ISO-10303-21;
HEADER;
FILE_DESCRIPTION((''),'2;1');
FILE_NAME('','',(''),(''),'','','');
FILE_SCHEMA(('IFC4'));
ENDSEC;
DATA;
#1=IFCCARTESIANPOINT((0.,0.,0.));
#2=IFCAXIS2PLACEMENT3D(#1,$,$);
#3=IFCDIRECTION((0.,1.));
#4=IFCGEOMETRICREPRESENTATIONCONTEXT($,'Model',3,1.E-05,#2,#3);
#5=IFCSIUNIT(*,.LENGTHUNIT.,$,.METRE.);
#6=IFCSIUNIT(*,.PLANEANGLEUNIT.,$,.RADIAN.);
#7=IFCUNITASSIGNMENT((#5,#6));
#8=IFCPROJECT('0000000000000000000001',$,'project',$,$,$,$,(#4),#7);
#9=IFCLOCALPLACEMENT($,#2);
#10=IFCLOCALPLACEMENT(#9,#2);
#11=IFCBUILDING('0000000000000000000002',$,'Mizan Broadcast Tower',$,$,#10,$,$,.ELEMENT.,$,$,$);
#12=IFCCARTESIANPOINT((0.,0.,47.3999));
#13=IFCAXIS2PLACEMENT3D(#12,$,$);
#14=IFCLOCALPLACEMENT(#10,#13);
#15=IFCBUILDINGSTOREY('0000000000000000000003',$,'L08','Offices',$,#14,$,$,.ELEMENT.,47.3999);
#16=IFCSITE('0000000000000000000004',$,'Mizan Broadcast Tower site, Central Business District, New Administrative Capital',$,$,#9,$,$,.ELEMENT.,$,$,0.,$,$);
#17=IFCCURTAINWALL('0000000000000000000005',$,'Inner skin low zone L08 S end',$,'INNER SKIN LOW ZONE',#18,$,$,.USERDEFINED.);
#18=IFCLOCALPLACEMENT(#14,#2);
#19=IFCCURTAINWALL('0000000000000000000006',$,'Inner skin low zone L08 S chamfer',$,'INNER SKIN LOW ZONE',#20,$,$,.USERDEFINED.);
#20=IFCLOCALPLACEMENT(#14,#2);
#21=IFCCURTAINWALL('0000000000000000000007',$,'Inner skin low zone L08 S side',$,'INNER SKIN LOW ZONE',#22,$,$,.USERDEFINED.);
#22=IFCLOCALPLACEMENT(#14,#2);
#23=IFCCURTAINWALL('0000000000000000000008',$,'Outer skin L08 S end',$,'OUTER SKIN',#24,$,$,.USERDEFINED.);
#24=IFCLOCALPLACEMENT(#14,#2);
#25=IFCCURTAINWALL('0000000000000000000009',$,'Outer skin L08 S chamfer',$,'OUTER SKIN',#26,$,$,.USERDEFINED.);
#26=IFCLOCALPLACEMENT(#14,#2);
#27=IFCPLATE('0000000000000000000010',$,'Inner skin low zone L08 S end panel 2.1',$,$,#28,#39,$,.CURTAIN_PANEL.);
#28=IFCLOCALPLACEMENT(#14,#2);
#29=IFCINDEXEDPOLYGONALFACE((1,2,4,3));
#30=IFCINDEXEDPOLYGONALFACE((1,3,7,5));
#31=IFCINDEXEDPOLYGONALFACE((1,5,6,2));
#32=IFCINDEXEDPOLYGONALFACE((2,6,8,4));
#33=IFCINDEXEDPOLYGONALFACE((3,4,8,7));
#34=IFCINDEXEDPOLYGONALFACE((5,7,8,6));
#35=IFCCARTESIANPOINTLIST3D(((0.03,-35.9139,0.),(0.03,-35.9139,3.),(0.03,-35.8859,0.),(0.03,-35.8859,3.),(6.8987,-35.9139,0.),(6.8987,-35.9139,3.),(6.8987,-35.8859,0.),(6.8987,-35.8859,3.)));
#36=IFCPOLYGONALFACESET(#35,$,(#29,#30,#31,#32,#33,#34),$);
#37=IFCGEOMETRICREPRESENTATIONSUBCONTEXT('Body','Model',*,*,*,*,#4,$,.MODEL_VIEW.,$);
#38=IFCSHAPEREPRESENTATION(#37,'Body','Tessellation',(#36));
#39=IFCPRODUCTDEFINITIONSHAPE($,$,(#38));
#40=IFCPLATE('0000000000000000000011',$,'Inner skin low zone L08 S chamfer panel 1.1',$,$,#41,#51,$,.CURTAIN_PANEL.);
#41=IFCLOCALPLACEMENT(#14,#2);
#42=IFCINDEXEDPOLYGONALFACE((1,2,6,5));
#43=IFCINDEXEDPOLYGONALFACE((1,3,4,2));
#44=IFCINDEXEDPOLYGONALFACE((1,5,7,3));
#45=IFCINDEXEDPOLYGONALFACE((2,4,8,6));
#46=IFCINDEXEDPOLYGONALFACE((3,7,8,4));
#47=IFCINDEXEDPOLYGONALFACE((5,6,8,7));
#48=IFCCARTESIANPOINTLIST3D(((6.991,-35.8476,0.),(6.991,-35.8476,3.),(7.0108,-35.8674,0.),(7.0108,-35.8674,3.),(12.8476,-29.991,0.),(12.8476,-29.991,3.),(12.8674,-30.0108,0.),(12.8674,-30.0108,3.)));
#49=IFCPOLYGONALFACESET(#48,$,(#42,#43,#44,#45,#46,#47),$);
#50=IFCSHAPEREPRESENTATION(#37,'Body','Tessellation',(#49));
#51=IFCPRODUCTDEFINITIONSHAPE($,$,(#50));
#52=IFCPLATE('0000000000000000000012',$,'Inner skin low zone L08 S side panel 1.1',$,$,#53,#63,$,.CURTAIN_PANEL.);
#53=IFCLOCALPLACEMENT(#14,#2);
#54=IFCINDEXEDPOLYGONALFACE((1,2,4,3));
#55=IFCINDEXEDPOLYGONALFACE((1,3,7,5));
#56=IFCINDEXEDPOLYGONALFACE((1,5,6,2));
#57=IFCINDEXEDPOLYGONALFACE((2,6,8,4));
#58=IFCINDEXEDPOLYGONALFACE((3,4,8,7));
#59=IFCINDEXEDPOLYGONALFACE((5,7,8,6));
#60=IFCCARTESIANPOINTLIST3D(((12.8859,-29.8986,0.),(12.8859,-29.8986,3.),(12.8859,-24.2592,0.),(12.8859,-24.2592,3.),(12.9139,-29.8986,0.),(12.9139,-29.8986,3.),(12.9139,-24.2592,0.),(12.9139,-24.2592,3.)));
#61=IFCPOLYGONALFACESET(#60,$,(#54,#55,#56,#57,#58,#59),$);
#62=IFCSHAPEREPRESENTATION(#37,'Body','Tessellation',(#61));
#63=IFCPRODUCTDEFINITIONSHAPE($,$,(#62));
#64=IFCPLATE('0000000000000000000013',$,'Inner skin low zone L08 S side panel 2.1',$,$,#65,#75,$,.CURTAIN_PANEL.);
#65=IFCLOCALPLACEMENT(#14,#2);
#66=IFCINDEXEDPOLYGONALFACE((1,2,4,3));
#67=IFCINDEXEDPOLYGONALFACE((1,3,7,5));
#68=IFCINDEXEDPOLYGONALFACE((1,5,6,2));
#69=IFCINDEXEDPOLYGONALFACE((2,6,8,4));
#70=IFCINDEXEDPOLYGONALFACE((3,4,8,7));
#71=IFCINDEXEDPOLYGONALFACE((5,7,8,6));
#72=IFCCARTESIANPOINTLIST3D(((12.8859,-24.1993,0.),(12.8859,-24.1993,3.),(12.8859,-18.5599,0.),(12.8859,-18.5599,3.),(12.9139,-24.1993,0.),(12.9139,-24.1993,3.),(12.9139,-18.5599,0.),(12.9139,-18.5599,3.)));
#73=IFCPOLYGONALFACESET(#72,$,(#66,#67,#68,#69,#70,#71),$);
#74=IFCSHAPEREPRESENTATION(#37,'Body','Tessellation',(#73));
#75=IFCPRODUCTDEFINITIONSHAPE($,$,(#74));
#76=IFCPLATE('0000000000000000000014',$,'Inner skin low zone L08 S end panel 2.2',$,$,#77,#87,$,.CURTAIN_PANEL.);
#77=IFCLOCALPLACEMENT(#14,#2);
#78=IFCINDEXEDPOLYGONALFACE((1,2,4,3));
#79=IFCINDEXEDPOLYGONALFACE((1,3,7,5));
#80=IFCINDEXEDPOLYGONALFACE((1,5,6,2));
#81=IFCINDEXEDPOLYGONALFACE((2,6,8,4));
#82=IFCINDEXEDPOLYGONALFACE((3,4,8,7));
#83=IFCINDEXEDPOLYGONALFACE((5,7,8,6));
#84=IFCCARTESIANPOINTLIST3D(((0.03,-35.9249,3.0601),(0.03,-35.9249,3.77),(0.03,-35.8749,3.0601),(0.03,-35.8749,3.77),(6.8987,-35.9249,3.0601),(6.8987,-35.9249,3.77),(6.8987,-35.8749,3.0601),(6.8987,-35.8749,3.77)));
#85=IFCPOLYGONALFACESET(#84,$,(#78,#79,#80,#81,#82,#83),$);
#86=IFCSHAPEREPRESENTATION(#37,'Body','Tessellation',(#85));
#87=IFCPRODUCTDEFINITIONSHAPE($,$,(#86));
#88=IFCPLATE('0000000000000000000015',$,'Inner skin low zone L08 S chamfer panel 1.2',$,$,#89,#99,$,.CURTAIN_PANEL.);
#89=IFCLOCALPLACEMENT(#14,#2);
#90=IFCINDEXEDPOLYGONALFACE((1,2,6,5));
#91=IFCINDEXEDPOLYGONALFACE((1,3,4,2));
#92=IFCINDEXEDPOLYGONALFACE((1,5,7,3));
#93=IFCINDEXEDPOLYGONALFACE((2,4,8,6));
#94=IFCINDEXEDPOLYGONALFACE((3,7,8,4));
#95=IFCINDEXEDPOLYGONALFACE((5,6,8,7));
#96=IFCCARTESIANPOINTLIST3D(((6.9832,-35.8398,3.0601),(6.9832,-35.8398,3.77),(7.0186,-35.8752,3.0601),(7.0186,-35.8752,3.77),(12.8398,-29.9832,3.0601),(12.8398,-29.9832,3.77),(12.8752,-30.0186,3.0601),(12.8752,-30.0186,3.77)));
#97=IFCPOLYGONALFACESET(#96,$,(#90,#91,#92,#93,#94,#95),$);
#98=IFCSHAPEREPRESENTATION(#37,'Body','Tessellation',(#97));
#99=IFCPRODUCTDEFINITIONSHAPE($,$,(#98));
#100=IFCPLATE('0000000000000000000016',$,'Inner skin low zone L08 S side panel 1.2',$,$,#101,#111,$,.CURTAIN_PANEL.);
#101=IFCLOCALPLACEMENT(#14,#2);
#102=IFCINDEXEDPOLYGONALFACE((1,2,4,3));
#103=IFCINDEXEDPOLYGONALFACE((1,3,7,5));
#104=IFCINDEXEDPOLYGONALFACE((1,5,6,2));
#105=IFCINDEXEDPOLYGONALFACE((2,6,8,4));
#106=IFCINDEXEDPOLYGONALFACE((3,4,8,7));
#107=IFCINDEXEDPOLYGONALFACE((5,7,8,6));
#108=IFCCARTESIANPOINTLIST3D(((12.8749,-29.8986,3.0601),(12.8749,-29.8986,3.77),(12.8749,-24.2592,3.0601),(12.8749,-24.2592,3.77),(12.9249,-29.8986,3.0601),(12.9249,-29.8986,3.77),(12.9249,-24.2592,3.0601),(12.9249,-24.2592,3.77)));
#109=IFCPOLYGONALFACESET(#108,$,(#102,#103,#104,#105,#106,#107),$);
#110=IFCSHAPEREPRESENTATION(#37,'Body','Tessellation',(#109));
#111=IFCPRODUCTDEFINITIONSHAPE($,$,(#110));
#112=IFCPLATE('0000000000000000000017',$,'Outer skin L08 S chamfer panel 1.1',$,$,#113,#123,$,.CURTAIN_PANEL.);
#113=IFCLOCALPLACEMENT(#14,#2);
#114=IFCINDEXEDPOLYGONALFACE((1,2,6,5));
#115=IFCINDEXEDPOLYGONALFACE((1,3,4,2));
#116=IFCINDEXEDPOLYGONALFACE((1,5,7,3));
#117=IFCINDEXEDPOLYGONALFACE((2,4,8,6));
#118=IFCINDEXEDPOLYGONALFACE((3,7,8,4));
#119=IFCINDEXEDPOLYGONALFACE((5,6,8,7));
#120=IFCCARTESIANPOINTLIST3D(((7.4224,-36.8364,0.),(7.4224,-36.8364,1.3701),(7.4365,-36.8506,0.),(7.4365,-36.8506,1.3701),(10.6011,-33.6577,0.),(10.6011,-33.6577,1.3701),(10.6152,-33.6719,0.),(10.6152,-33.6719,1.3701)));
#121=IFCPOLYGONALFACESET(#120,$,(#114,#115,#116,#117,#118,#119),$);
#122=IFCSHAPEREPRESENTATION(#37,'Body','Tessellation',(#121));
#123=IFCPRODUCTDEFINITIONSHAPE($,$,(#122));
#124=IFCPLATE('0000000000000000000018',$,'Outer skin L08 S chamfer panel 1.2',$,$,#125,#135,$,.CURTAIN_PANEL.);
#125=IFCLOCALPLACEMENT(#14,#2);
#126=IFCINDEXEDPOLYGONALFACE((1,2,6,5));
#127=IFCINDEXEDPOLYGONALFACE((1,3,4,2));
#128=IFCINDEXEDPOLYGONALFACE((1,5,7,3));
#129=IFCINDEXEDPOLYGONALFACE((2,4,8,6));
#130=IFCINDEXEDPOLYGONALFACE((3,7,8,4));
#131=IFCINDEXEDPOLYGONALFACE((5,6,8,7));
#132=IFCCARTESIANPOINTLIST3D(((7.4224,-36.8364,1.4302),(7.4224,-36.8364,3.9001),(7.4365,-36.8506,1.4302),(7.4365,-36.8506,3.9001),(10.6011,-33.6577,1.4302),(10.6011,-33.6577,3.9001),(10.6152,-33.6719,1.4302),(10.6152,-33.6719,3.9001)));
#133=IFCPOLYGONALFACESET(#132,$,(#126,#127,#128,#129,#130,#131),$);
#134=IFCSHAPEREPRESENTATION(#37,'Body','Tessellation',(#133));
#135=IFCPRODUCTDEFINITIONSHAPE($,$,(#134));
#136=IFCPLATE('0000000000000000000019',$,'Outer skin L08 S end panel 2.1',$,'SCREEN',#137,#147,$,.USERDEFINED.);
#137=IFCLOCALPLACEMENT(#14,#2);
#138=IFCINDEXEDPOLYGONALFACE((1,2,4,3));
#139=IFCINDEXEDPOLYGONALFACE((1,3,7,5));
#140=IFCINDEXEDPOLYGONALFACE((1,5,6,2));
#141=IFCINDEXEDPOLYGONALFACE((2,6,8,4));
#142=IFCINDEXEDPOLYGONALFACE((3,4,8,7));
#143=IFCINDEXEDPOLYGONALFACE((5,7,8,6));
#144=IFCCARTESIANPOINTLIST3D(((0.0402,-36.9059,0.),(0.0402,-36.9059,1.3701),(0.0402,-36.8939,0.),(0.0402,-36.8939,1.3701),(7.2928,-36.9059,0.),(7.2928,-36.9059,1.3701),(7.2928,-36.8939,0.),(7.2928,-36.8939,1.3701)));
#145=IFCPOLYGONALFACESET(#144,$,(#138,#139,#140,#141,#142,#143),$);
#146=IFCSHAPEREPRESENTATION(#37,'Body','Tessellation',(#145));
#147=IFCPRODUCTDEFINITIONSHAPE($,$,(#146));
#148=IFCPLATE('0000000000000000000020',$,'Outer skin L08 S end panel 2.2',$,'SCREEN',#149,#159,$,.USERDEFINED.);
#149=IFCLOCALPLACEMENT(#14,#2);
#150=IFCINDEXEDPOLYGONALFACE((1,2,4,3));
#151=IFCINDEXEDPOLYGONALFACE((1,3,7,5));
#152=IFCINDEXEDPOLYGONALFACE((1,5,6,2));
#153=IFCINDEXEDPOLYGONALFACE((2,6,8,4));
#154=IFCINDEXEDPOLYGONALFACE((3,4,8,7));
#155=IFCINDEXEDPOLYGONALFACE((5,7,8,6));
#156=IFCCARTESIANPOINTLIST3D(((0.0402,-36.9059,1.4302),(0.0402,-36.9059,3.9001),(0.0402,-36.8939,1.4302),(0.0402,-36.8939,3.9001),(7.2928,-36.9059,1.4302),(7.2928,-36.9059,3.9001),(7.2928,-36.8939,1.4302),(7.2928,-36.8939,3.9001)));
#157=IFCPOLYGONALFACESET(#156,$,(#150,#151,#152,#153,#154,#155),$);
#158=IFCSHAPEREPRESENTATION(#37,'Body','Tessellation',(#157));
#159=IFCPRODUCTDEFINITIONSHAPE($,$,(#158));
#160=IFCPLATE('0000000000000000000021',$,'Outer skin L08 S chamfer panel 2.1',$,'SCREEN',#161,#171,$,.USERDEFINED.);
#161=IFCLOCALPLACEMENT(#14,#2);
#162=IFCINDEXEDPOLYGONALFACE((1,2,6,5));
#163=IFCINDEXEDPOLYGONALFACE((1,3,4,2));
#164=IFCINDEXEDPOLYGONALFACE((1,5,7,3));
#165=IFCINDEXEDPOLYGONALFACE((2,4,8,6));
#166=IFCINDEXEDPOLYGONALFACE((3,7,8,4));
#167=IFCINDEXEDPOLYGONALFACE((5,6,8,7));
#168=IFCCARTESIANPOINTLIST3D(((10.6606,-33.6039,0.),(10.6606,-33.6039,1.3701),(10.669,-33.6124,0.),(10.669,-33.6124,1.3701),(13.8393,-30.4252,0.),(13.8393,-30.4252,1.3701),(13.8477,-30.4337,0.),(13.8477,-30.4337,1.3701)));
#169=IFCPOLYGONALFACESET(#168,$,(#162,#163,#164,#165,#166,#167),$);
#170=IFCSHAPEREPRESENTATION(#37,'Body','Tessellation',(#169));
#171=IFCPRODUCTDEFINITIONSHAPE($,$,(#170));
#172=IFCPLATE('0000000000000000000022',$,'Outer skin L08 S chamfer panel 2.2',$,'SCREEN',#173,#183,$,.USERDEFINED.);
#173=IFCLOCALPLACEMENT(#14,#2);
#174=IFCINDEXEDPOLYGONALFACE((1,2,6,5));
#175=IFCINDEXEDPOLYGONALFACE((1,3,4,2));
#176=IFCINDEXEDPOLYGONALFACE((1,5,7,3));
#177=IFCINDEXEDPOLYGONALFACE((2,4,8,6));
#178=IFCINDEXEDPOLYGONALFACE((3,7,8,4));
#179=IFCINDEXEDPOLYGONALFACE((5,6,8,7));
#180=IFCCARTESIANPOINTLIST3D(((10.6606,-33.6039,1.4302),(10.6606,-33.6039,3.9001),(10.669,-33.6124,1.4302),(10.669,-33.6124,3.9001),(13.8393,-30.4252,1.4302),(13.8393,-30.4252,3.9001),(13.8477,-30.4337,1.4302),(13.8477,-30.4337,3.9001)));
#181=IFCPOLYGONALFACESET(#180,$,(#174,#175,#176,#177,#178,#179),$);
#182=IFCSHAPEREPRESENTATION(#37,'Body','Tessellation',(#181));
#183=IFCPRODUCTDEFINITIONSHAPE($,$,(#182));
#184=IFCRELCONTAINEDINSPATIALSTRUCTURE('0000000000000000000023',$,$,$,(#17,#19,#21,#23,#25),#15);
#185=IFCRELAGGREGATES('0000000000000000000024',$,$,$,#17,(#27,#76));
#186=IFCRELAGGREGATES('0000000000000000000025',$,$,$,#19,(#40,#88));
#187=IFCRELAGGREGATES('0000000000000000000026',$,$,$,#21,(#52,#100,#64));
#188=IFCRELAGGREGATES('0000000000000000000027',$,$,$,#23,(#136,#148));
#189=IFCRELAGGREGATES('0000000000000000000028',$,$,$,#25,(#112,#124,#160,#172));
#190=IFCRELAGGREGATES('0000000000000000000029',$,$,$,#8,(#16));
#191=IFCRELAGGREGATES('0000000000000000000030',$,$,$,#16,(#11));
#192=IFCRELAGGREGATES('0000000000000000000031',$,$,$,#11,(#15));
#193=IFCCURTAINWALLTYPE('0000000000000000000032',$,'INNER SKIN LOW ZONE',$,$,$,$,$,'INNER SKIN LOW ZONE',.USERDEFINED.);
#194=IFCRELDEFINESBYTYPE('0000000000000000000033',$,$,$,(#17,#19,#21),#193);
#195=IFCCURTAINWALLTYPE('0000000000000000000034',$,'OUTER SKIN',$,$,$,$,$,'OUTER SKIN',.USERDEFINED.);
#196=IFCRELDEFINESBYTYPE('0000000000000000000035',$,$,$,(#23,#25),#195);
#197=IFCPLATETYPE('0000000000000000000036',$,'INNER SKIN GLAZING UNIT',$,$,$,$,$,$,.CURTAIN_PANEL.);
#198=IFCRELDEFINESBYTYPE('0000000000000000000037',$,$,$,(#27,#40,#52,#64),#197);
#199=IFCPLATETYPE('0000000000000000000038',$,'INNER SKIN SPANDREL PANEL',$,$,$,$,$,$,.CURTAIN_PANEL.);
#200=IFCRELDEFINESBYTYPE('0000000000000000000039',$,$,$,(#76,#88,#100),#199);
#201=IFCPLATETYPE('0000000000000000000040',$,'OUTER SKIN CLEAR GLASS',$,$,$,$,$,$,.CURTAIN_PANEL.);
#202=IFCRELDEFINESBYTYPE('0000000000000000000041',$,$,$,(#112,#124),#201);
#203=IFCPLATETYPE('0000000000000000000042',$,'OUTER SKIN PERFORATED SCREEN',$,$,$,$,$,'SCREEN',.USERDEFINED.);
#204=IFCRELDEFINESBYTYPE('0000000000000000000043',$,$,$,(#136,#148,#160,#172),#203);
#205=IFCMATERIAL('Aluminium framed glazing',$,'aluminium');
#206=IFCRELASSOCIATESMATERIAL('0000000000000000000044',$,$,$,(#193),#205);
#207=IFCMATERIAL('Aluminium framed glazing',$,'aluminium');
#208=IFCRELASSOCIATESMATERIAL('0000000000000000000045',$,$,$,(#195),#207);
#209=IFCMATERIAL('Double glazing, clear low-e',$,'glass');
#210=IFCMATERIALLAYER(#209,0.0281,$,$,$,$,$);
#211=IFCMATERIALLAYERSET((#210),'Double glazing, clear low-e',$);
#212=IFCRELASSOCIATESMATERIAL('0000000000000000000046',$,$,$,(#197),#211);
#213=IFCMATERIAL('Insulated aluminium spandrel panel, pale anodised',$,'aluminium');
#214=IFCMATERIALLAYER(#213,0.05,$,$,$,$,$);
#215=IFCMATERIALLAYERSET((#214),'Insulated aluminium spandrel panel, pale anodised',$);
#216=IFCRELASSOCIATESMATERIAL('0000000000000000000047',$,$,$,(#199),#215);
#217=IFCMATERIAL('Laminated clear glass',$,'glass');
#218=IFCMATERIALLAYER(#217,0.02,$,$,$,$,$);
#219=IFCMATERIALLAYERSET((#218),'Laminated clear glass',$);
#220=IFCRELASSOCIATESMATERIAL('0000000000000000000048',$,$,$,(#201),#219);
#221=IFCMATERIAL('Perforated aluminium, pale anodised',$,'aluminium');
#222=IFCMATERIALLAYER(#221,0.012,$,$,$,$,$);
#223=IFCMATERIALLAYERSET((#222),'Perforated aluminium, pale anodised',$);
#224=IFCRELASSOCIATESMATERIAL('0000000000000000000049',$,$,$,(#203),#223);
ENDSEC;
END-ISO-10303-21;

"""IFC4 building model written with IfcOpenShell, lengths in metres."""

from ifc_helpers import new_model, si_unit, direction, frame, origin, origin_2d, place, context, subcontext, project, spatial, rectangle, extrude, material, layer, layer_set, type_object, element, aggregate, save


model = new_model("IFC4")

# Units and contexts
model_context = context("Model", 3, precision=1e-05, world=origin(), true_north=direction((0.0, 1.0)))
body_context = subcontext(model_context, "Body", "Model", "MODEL_VIEW")
ifc_project = project(units=[si_unit("LENGTHUNIT", "METRE"), si_unit("PLANEANGLEUNIT", "RADIAN")], contexts=[model_context])

# Site, building, storey
site_placement = place(None, origin())
site = spatial("IfcSite", under=ifc_project, at=site_placement, Name="Mizan Broadcast Tower site, Central Business District, New Administrative Capital", CompositionType="ELEMENT", RefElevation=0.0)
building_placement = place(site_placement, origin())
building = spatial("IfcBuilding", under=site, at=building_placement, Name="Mizan Broadcast Tower", CompositionType="ELEMENT")
storey_placement = place(building_placement, frame((0.0, 0.0, 47.3999)))
storey = spatial("IfcBuildingStorey", under=building, at=storey_placement, Name="L08", Description="Offices", CompositionType="ELEMENT", Elevation=47.3999)

# Curtain wall
ifc_material_1 = material(Name="Aluminium framed glazing", Category="aluminium")
curtain_wall_type_1 = type_object("IfcCurtainWallType", Name="INNER SKIN LOW ZONE", ElementType="INNER SKIN LOW ZONE", PredefinedType="USERDEFINED", material=ifc_material_1)
curtain_wall_1_placement = place(storey_placement, origin())
curtain_wall_1 = element("IfcCurtainWall", 1, at=curtain_wall_1_placement, inside=storey, type_object=curtain_wall_type_1, Name="Inner skin low zone L08 S end", ObjectType="INNER SKIN LOW ZONE", PredefinedType="USERDEFINED")

# Curtain walls
curtain_wall_2_placement = place(storey_placement, origin())
curtain_wall_2 = element("IfcCurtainWall", 2, at=curtain_wall_2_placement, inside=storey, type_object=curtain_wall_type_1, Name="Inner skin low zone L08 S chamfer", ObjectType="INNER SKIN LOW ZONE", PredefinedType="USERDEFINED")
curtain_wall_3_placement = place(storey_placement, origin())
curtain_wall_3 = element("IfcCurtainWall", 3, at=curtain_wall_3_placement, inside=storey, type_object=curtain_wall_type_1, Name="Inner skin low zone L08 S side", ObjectType="INNER SKIN LOW ZONE", PredefinedType="USERDEFINED")

# Curtain wall
ifc_material_2 = material(Name="Aluminium framed glazing", Category="aluminium")
curtain_wall_type_2 = type_object("IfcCurtainWallType", Name="OUTER SKIN", ElementType="OUTER SKIN", PredefinedType="USERDEFINED", material=ifc_material_2)
curtain_wall_4_placement = place(storey_placement, origin())
curtain_wall_4 = element("IfcCurtainWall", 4, at=curtain_wall_4_placement, inside=storey, type_object=curtain_wall_type_2, Name="Outer skin L08 S end", ObjectType="OUTER SKIN", PredefinedType="USERDEFINED")

# Curtain wall
curtain_wall_5_placement = place(storey_placement, origin())
curtain_wall_5 = element("IfcCurtainWall", 5, at=curtain_wall_5_placement, inside=storey, type_object=curtain_wall_type_2, Name="Outer skin L08 S chamfer", ObjectType="OUTER SKIN", PredefinedType="USERDEFINED")

# Plates
ifc_material_3 = material(Name="Double glazing, clear low-e", Category="glass")
ifc_layer_1 = layer(ifc_material_3, 0.0281)
ifc_layer_set_1 = layer_set([ifc_layer_1], Name="Double glazing, clear low-e")
plate_type_1 = type_object("IfcPlateType", Name="INNER SKIN GLAZING UNIT", PredefinedType="CURTAIN_PANEL", material=ifc_layer_set_1)
plate_1_placement = place(storey_placement, frame((3.4644, -35.8999, 0.0), z_axis=(0.0, 0.0, 1.0), x_axis=(1.0, 0.0, 0.0)))
plate_1 = element("IfcPlate", 6, at=plate_1_placement, type_object=plate_type_1, Name="Inner skin low zone L08 S end panel 2.1", PredefinedType="CURTAIN_PANEL", context=body_context, shape_type="SweptSolid", body=[
    extrude(rectangle(XDim=6.8687, YDim=0.0281, at=origin_2d()), origin(), (0.0, 0.0, 1.0), 3.0),
])
plate_2_placement = place(storey_placement, frame((9.9292, -32.9292, 0.0), z_axis=(0.0, 0.0, 1.0), x_axis=(0.707107, 0.707107, 0.0)))
plate_2 = element("IfcPlate", 7, at=plate_2_placement, type_object=plate_type_1, Name="Inner skin low zone L08 S chamfer panel 1.1", PredefinedType="CURTAIN_PANEL", context=body_context, shape_type="SweptSolid", body=[
    extrude(rectangle(XDim=8.2825, YDim=0.0281, at=origin_2d()), origin(), (0.0, 0.0, 1.0), 3.0),
])
plate_3_placement = place(storey_placement, frame((12.8999, -27.0789, 0.0), z_axis=(0.0, 0.0, 1.0), x_axis=(0.0, 1.0, 0.0)))
plate_3 = element("IfcPlate", 8, at=plate_3_placement, type_object=plate_type_1, Name="Inner skin low zone L08 S side panel 1.1", PredefinedType="CURTAIN_PANEL", context=body_context, shape_type="SweptSolid", body=[
    extrude(rectangle(XDim=5.6394, YDim=0.0281, at=origin_2d()), origin(), (0.0, 0.0, 1.0), 3.0),
])
plate_4_placement = place(storey_placement, frame((12.8999, -21.3796, 0.0), z_axis=(0.0, 0.0, 1.0), x_axis=(0.0, 1.0, 0.0)))
plate_4 = element("IfcPlate", 9, at=plate_4_placement, type_object=plate_type_1, Name="Inner skin low zone L08 S side panel 2.1", PredefinedType="CURTAIN_PANEL", context=body_context, shape_type="SweptSolid", body=[
    extrude(rectangle(XDim=5.6394, YDim=0.0281, at=origin_2d()), origin(), (0.0, 0.0, 1.0), 3.0),
])
ifc_material_4 = material(Name="Insulated aluminium spandrel panel, pale anodised", Category="aluminium")
ifc_layer_2 = layer(ifc_material_4, 0.05)
ifc_layer_set_2 = layer_set([ifc_layer_2], Name="Insulated aluminium spandrel panel, pale anodised")
plate_type_2 = type_object("IfcPlateType", Name="INNER SKIN SPANDREL PANEL", PredefinedType="CURTAIN_PANEL", material=ifc_layer_set_2)
plate_5_placement = place(storey_placement, frame((3.4644, -35.8999, 3.0601), z_axis=(0.0, 0.0, 1.0), x_axis=(1.0, 0.0, 0.0)))
plate_5 = element("IfcPlate", 10, at=plate_5_placement, type_object=plate_type_2, Name="Inner skin low zone L08 S end panel 2.2", PredefinedType="CURTAIN_PANEL", context=body_context, shape_type="SweptSolid", body=[
    extrude(rectangle(XDim=6.8687, YDim=0.05, at=origin_2d()), origin(), (0.0, 0.0, 1.0), 0.71),
])
aggregate(curtain_wall_1, [plate_1, plate_5])
plate_6_placement = place(storey_placement, frame((9.9292, -32.9292, 3.0601), z_axis=(0.0, 0.0, 1.0), x_axis=(0.707107, 0.707107, 0.0)))
plate_6 = element("IfcPlate", 11, at=plate_6_placement, type_object=plate_type_2, Name="Inner skin low zone L08 S chamfer panel 1.2", PredefinedType="CURTAIN_PANEL", context=body_context, shape_type="SweptSolid", body=[
    extrude(rectangle(XDim=8.2825, YDim=0.05, at=origin_2d()), origin(), (0.0, 0.0, 1.0), 0.71),
])
aggregate(curtain_wall_2, [plate_2, plate_6])
plate_7_placement = place(storey_placement, frame((12.8999, -27.0789, 3.0601), z_axis=(0.0, 0.0, 1.0), x_axis=(0.0, 1.0, 0.0)))
plate_7 = element("IfcPlate", 12, at=plate_7_placement, type_object=plate_type_2, Name="Inner skin low zone L08 S side panel 1.2", PredefinedType="CURTAIN_PANEL", context=body_context, shape_type="SweptSolid", body=[
    extrude(rectangle(XDim=5.6394, YDim=0.05, at=origin_2d()), origin(), (0.0, 0.0, 1.0), 0.71),
])
aggregate(curtain_wall_3, [plate_3, plate_7, plate_4])
ifc_material_5 = material(Name="Laminated clear glass", Category="glass")
ifc_layer_3 = layer(ifc_material_5, 0.02)
ifc_layer_set_3 = layer_set([ifc_layer_3], Name="Laminated clear glass")
plate_type_3 = type_object("IfcPlateType", Name="OUTER SKIN CLEAR GLASS", PredefinedType="CURTAIN_PANEL", material=ifc_layer_set_3)
plate_8_placement = place(storey_placement, frame((9.0188, -35.2542, 0.0), z_axis=(0.0, 0.0, 1.0), x_axis=(0.707107, 0.707107, 0.0)))
plate_8 = element("IfcPlate", 13, at=plate_8_placement, type_object=plate_type_3, Name="Outer skin L08 S chamfer panel 1.1", PredefinedType="CURTAIN_PANEL", context=body_context, shape_type="SweptSolid", body=[
    extrude(rectangle(XDim=4.4954, YDim=0.02, at=origin_2d()), origin(), (0.0, 0.0, 1.0), 1.3701),
])
plate_9_placement = place(storey_placement, frame((9.0188, -35.2542, 1.4302), z_axis=(0.0, 0.0, 1.0), x_axis=(0.707107, 0.707107, 0.0)))
plate_9 = element("IfcPlate", 14, at=plate_9_placement, type_object=plate_type_3, Name="Outer skin L08 S chamfer panel 1.2", PredefinedType="CURTAIN_PANEL", context=body_context, shape_type="SweptSolid", body=[
    extrude(rectangle(XDim=4.4954, YDim=0.02, at=origin_2d()), origin(), (0.0, 0.0, 1.0), 2.47),
])
ifc_material_6 = material(Name="Perforated aluminium, pale anodised", Category="aluminium")
ifc_layer_4 = layer(ifc_material_6, 0.012)
ifc_layer_set_4 = layer_set([ifc_layer_4], Name="Perforated aluminium, pale anodised")
plate_type_4 = type_object("IfcPlateType", Name="OUTER SKIN PERFORATED SCREEN", ElementType="SCREEN", PredefinedType="USERDEFINED", material=ifc_layer_set_4)
plate_10_placement = place(storey_placement, frame((3.6665, -36.8999, 0.0), z_axis=(0.0, 0.0, 1.0), x_axis=(1.0, 0.0, 0.0)))
plate_10 = element("IfcPlate", 15, at=plate_10_placement, type_object=plate_type_4, Name="Outer skin L08 S end panel 2.1", ObjectType="SCREEN", PredefinedType="USERDEFINED", context=body_context, shape_type="SweptSolid", body=[
    extrude(rectangle(XDim=7.2527, YDim=0.012, at=origin_2d()), origin(), (0.0, 0.0, 1.0), 1.3701),
])
plate_11_placement = place(storey_placement, frame((3.6665, -36.8999, 1.4302), z_axis=(0.0, 0.0, 1.0), x_axis=(1.0, 0.0, 0.0)))
plate_11 = element("IfcPlate", 16, at=plate_11_placement, type_object=plate_type_4, Name="Outer skin L08 S end panel 2.2", ObjectType="SCREEN", PredefinedType="USERDEFINED", context=body_context, shape_type="SweptSolid", body=[
    extrude(rectangle(XDim=7.2527, YDim=0.012, at=origin_2d()), origin(), (0.0, 0.0, 1.0), 2.47),
])
aggregate(curtain_wall_4, [plate_10, plate_11])
plate_12_placement = place(storey_placement, frame((12.2542, -32.0188, 0.0), z_axis=(0.0, 0.0, 1.0), x_axis=(0.707107, 0.707107, 0.0)))
plate_12 = element("IfcPlate", 17, at=plate_12_placement, type_object=plate_type_4, Name="Outer skin L08 S chamfer panel 2.1", ObjectType="SCREEN", PredefinedType="USERDEFINED", context=body_context, shape_type="SweptSolid", body=[
    extrude(rectangle(XDim=4.4954, YDim=0.012, at=origin_2d()), origin(), (0.0, 0.0, 1.0), 1.3701),
])
plate_13_placement = place(storey_placement, frame((12.2542, -32.0188, 1.4302), z_axis=(0.0, 0.0, 1.0), x_axis=(0.707107, 0.707107, 0.0)))
plate_13 = element("IfcPlate", 18, at=plate_13_placement, type_object=plate_type_4, Name="Outer skin L08 S chamfer panel 2.2", ObjectType="SCREEN", PredefinedType="USERDEFINED", context=body_context, shape_type="SweptSolid", body=[
    extrude(rectangle(XDim=4.4954, YDim=0.012, at=origin_2d()), origin(), (0.0, 0.0, 1.0), 2.47),
])
aggregate(curtain_wall_5, [plate_8, plate_9, plate_12, plate_13])

save(model, "model.ifc")
